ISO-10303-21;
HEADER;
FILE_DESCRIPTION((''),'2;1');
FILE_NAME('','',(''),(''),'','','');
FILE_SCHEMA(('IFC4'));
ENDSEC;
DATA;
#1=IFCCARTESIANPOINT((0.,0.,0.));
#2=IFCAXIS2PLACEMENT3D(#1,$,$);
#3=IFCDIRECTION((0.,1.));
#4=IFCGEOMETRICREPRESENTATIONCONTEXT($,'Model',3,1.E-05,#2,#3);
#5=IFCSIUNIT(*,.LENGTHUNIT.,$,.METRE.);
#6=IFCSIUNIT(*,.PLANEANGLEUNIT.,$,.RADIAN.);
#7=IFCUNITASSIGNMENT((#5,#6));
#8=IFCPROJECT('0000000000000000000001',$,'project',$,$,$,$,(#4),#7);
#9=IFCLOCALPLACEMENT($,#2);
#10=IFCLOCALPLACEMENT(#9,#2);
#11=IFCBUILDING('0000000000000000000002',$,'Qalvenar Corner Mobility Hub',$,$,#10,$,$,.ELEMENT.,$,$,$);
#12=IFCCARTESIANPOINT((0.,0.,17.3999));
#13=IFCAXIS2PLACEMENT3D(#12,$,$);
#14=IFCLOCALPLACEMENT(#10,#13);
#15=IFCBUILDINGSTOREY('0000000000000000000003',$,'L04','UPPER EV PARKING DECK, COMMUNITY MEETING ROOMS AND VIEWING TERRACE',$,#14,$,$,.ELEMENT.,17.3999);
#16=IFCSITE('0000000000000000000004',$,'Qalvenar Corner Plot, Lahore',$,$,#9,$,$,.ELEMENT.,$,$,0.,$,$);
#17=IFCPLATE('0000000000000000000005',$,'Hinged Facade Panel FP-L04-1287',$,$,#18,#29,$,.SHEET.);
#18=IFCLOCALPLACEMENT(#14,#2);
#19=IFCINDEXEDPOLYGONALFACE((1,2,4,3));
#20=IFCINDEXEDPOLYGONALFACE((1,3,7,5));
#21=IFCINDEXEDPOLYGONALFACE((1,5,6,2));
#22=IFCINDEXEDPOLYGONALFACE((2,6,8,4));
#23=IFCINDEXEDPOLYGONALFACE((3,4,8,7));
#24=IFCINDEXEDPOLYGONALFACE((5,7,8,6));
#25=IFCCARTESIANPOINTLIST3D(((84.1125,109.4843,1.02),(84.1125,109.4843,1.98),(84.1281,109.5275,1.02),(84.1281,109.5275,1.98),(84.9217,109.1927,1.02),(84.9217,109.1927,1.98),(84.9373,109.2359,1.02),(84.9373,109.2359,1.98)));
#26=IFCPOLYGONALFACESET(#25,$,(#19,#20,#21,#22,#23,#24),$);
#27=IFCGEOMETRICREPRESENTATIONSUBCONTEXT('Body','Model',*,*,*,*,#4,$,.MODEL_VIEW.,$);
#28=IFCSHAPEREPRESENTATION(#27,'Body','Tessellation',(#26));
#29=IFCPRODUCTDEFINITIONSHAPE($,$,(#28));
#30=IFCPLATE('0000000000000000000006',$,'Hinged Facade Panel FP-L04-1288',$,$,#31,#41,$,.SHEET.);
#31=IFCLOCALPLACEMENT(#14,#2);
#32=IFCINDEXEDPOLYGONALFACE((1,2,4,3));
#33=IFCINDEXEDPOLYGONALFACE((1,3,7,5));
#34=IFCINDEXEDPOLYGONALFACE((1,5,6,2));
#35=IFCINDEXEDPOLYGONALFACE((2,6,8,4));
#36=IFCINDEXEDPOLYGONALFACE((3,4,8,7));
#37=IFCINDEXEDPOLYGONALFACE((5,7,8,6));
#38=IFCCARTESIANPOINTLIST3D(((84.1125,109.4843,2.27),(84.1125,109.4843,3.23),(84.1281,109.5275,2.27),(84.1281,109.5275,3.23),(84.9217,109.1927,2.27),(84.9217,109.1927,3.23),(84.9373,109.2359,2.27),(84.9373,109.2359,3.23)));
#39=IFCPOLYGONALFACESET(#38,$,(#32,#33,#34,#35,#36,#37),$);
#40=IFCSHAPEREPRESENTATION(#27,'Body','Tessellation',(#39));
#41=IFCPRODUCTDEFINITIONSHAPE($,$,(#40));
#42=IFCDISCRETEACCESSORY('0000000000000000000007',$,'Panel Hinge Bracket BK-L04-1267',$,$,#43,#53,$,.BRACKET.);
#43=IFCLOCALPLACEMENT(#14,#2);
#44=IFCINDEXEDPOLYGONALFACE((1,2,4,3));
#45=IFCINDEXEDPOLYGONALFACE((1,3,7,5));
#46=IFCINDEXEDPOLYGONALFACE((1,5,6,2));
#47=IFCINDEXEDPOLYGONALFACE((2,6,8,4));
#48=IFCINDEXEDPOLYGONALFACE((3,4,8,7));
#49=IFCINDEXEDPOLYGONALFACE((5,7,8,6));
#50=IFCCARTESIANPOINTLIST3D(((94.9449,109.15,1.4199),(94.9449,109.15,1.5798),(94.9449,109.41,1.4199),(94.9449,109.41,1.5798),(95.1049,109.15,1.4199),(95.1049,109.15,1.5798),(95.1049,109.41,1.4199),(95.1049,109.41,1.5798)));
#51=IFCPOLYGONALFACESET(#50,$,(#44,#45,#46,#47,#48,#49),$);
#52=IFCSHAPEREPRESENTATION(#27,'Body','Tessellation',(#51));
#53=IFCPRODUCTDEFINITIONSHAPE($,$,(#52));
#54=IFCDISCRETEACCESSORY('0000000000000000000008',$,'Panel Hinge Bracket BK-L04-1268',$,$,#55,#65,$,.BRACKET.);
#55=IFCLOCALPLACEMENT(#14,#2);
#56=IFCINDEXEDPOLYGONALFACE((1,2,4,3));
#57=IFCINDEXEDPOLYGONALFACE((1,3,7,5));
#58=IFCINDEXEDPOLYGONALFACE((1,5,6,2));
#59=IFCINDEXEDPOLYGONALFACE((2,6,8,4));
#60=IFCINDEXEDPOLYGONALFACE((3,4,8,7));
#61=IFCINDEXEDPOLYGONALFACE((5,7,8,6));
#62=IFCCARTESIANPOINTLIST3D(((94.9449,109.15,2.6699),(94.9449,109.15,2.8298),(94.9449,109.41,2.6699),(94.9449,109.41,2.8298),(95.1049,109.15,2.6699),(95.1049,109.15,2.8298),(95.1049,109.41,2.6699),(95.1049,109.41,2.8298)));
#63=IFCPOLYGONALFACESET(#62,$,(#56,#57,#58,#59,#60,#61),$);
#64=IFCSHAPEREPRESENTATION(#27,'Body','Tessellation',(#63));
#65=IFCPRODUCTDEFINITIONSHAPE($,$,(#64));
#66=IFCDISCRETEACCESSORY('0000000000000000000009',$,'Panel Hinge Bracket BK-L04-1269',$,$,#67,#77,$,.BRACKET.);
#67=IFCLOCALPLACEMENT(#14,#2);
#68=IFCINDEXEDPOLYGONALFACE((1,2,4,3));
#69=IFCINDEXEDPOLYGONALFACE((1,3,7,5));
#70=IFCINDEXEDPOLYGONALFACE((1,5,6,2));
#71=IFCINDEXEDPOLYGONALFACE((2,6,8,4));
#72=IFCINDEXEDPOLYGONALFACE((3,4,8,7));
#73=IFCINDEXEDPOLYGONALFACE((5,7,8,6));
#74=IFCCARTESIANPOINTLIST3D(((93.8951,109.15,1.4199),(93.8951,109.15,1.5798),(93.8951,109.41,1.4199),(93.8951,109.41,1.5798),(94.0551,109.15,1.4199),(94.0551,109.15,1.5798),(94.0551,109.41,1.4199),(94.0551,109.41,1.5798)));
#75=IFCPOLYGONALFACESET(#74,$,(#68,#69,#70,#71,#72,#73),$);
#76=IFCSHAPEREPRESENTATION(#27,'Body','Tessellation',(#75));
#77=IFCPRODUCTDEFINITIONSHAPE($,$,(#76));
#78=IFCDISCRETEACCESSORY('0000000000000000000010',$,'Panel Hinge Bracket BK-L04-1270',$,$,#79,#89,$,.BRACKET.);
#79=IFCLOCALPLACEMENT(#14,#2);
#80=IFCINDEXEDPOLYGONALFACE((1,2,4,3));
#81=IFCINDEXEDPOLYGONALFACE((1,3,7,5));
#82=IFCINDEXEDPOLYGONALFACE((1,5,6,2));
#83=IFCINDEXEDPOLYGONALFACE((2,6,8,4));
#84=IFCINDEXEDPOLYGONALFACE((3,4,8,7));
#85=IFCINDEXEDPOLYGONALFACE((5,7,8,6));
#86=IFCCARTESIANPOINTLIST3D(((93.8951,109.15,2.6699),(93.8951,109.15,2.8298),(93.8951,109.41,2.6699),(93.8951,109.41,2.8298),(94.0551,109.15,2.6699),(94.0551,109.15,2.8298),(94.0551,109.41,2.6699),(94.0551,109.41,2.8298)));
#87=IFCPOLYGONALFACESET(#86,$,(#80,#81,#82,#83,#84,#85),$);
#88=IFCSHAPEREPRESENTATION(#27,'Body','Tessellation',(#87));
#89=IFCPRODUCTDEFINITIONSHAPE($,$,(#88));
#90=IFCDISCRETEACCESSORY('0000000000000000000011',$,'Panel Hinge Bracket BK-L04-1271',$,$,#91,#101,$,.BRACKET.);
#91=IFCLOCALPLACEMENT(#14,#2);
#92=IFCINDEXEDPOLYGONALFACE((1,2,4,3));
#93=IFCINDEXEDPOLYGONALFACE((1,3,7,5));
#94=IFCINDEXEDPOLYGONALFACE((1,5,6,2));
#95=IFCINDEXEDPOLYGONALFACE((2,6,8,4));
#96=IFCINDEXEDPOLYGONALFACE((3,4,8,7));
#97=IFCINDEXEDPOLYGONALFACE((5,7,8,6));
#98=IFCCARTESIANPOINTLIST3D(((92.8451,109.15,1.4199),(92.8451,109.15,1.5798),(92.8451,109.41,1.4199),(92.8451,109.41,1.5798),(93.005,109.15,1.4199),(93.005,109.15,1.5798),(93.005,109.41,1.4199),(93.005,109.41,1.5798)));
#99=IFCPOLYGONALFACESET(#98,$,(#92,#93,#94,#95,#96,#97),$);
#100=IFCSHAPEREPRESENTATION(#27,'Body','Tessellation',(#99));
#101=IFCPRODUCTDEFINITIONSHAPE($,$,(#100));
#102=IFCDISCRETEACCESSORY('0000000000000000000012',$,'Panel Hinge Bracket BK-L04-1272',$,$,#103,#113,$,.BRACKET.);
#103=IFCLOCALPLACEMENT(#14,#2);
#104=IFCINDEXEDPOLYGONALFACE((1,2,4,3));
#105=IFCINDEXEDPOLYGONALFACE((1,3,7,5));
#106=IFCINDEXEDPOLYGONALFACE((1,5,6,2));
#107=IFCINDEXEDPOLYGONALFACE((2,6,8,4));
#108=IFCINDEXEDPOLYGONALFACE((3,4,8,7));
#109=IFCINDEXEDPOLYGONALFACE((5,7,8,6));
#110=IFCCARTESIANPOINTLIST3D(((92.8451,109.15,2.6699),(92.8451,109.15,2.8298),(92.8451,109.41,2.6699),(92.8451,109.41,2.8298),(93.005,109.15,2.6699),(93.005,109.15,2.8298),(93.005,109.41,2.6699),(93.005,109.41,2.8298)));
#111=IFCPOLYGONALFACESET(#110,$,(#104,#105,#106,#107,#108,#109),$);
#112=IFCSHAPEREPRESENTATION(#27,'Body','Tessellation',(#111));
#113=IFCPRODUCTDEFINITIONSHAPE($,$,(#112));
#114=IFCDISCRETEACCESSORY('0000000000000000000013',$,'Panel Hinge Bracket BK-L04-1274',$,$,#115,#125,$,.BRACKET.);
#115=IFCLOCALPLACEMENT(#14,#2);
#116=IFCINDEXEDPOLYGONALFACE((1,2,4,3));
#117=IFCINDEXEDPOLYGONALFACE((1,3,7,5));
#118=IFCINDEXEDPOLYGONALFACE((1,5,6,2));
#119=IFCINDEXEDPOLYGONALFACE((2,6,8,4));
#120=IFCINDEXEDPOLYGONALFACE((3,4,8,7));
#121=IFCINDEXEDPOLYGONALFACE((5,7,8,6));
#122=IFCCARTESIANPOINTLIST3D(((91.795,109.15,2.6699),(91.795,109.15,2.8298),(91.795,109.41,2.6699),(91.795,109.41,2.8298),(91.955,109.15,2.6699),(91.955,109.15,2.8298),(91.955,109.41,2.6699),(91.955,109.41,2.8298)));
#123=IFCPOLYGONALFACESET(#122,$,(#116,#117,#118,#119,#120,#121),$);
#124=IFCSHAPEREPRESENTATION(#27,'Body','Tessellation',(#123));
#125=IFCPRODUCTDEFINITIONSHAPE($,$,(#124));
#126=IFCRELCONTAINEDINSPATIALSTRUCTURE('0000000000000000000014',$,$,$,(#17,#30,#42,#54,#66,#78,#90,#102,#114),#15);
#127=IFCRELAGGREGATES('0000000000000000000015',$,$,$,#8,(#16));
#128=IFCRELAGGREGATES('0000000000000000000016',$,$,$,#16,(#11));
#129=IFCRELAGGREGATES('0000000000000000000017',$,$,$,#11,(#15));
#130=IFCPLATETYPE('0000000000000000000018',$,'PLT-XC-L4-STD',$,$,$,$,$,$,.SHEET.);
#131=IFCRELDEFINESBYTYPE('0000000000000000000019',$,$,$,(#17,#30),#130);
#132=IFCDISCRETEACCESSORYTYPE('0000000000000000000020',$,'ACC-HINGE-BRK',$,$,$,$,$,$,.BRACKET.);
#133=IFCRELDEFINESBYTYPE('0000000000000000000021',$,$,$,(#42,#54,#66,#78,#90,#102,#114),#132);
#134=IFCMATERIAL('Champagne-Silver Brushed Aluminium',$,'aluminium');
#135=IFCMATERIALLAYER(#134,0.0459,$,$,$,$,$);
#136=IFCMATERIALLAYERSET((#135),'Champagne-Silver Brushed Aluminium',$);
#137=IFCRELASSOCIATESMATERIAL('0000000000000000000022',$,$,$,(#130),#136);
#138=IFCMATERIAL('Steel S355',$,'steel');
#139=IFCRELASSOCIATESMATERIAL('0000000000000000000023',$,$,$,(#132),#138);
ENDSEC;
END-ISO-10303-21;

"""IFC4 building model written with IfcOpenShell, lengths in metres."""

from ifc_helpers import new_model, si_unit, direction, frame, origin, origin_2d, place, context, subcontext, project, spatial, rectangle, extrude, material, layer, layer_set, type_object, element, save


model = new_model("IFC4")

# Units and contexts
model_context = context("Model", 3, precision=1e-05, world=origin(), true_north=direction((0.0, 1.0)))
body_context = subcontext(model_context, "Body", "Model", "MODEL_VIEW")
ifc_project = project(units=[si_unit("LENGTHUNIT", "METRE"), si_unit("PLANEANGLEUNIT", "RADIAN")], contexts=[model_context])

# Site, building, storey
site_placement = place(None, origin())
site = spatial("IfcSite", under=ifc_project, at=site_placement, Name="Qalvenar Corner Plot, Lahore", CompositionType="ELEMENT", RefElevation=0.0)
building_placement = place(site_placement, origin())
building = spatial("IfcBuilding", under=site, at=building_placement, Name="Qalvenar Corner Mobility Hub", CompositionType="ELEMENT")
storey_placement = place(building_placement, frame((0.0, 0.0, 17.3999)))
storey = spatial("IfcBuildingStorey", under=building, at=storey_placement, Name="L04", Description="UPPER EV PARKING DECK, COMMUNITY MEETING ROOMS AND VIEWING TERRACE", CompositionType="ELEMENT", Elevation=17.3999)

# Plates
ifc_material_1 = material(Name="Champagne-Silver Brushed Aluminium", Category="aluminium")
ifc_layer = layer(ifc_material_1, 0.0459)
ifc_layer_set = layer_set([ifc_layer], Name="Champagne-Silver Brushed Aluminium")
plate_type = type_object("IfcPlateType", Name="PLT-XC-L4-STD", PredefinedType="SHEET", material=ifc_layer_set)
for number, where, z_axis, x_axis, name in (
    (1, (84.5249, 109.3601, 1.02), (0.0, 0.0, 1.0), (-0.940762, 0.339066, 0.0), "Hinged Facade Panel FP-L04-1287"),
    (2, (84.5249, 109.3601, 2.27), (0.0, 0.0, 1.0), (-0.940762, 0.339066, 0.0), "Hinged Facade Panel FP-L04-1288"),
):
    element("IfcPlate", number, at=place(storey_placement, frame(where, z_axis=z_axis, x_axis=x_axis)), inside=storey, type_object=plate_type, Name=name, PredefinedType="SHEET", context=body_context, shape_type="SweptSolid", body=[
        extrude(rectangle(XDim=0.8601, YDim=0.0459, at=origin_2d()), origin(), (0.0, 0.0, 1.0), 0.96),
    ])

# Discrete accessories
ifc_material_2 = material(Name="Steel S355", Category="steel")
discrete_accessory_type = type_object("IfcDiscreteAccessoryType", Name="ACC-HINGE-BRK", PredefinedType="BRACKET", material=ifc_material_2)
for number, where, z_axis, x_axis, name in (
    (3, (95.0249, 109.28, 1.4199), (0.0, 0.0, 1.0), (-1.0, 0.0, 0.0), "Panel Hinge Bracket BK-L04-1267"),
    (4, (95.0249, 109.28, 2.6699), (0.0, 0.0, 1.0), (-1.0, 0.0, 0.0), "Panel Hinge Bracket BK-L04-1268"),
    (5, (93.9751, 109.28, 1.4199), (0.0, 0.0, 1.0), (-1.0, 0.0, 0.0), "Panel Hinge Bracket BK-L04-1269"),
    (6, (93.9751, 109.28, 2.6699), (0.0, 0.0, 1.0), (-1.0, 0.0, 0.0), "Panel Hinge Bracket BK-L04-1270"),
    (7, (92.925, 109.28, 1.4199), (0.0, 0.0, 1.0), (-1.0, 0.0, 0.0), "Panel Hinge Bracket BK-L04-1271"),
    (8, (92.925, 109.28, 2.6699), (0.0, 0.0, 1.0), (-1.0, 0.0, 0.0), "Panel Hinge Bracket BK-L04-1272"),
    (9, (91.875, 109.28, 2.6699), (0.0, 0.0, 1.0), (-1.0, 0.0, 0.0), "Panel Hinge Bracket BK-L04-1274"),
):
    element("IfcDiscreteAccessory", number, at=place(storey_placement, frame(where, z_axis=z_axis, x_axis=x_axis)), inside=storey, type_object=discrete_accessory_type, Name=name, PredefinedType="BRACKET", context=body_context, shape_type="SweptSolid", body=[
        extrude(rectangle(XDim=0.1599, YDim=0.26, at=origin_2d()), origin(), (0.0, 0.0, 1.0), 0.1599),
    ])

save(model, "model.ifc")
